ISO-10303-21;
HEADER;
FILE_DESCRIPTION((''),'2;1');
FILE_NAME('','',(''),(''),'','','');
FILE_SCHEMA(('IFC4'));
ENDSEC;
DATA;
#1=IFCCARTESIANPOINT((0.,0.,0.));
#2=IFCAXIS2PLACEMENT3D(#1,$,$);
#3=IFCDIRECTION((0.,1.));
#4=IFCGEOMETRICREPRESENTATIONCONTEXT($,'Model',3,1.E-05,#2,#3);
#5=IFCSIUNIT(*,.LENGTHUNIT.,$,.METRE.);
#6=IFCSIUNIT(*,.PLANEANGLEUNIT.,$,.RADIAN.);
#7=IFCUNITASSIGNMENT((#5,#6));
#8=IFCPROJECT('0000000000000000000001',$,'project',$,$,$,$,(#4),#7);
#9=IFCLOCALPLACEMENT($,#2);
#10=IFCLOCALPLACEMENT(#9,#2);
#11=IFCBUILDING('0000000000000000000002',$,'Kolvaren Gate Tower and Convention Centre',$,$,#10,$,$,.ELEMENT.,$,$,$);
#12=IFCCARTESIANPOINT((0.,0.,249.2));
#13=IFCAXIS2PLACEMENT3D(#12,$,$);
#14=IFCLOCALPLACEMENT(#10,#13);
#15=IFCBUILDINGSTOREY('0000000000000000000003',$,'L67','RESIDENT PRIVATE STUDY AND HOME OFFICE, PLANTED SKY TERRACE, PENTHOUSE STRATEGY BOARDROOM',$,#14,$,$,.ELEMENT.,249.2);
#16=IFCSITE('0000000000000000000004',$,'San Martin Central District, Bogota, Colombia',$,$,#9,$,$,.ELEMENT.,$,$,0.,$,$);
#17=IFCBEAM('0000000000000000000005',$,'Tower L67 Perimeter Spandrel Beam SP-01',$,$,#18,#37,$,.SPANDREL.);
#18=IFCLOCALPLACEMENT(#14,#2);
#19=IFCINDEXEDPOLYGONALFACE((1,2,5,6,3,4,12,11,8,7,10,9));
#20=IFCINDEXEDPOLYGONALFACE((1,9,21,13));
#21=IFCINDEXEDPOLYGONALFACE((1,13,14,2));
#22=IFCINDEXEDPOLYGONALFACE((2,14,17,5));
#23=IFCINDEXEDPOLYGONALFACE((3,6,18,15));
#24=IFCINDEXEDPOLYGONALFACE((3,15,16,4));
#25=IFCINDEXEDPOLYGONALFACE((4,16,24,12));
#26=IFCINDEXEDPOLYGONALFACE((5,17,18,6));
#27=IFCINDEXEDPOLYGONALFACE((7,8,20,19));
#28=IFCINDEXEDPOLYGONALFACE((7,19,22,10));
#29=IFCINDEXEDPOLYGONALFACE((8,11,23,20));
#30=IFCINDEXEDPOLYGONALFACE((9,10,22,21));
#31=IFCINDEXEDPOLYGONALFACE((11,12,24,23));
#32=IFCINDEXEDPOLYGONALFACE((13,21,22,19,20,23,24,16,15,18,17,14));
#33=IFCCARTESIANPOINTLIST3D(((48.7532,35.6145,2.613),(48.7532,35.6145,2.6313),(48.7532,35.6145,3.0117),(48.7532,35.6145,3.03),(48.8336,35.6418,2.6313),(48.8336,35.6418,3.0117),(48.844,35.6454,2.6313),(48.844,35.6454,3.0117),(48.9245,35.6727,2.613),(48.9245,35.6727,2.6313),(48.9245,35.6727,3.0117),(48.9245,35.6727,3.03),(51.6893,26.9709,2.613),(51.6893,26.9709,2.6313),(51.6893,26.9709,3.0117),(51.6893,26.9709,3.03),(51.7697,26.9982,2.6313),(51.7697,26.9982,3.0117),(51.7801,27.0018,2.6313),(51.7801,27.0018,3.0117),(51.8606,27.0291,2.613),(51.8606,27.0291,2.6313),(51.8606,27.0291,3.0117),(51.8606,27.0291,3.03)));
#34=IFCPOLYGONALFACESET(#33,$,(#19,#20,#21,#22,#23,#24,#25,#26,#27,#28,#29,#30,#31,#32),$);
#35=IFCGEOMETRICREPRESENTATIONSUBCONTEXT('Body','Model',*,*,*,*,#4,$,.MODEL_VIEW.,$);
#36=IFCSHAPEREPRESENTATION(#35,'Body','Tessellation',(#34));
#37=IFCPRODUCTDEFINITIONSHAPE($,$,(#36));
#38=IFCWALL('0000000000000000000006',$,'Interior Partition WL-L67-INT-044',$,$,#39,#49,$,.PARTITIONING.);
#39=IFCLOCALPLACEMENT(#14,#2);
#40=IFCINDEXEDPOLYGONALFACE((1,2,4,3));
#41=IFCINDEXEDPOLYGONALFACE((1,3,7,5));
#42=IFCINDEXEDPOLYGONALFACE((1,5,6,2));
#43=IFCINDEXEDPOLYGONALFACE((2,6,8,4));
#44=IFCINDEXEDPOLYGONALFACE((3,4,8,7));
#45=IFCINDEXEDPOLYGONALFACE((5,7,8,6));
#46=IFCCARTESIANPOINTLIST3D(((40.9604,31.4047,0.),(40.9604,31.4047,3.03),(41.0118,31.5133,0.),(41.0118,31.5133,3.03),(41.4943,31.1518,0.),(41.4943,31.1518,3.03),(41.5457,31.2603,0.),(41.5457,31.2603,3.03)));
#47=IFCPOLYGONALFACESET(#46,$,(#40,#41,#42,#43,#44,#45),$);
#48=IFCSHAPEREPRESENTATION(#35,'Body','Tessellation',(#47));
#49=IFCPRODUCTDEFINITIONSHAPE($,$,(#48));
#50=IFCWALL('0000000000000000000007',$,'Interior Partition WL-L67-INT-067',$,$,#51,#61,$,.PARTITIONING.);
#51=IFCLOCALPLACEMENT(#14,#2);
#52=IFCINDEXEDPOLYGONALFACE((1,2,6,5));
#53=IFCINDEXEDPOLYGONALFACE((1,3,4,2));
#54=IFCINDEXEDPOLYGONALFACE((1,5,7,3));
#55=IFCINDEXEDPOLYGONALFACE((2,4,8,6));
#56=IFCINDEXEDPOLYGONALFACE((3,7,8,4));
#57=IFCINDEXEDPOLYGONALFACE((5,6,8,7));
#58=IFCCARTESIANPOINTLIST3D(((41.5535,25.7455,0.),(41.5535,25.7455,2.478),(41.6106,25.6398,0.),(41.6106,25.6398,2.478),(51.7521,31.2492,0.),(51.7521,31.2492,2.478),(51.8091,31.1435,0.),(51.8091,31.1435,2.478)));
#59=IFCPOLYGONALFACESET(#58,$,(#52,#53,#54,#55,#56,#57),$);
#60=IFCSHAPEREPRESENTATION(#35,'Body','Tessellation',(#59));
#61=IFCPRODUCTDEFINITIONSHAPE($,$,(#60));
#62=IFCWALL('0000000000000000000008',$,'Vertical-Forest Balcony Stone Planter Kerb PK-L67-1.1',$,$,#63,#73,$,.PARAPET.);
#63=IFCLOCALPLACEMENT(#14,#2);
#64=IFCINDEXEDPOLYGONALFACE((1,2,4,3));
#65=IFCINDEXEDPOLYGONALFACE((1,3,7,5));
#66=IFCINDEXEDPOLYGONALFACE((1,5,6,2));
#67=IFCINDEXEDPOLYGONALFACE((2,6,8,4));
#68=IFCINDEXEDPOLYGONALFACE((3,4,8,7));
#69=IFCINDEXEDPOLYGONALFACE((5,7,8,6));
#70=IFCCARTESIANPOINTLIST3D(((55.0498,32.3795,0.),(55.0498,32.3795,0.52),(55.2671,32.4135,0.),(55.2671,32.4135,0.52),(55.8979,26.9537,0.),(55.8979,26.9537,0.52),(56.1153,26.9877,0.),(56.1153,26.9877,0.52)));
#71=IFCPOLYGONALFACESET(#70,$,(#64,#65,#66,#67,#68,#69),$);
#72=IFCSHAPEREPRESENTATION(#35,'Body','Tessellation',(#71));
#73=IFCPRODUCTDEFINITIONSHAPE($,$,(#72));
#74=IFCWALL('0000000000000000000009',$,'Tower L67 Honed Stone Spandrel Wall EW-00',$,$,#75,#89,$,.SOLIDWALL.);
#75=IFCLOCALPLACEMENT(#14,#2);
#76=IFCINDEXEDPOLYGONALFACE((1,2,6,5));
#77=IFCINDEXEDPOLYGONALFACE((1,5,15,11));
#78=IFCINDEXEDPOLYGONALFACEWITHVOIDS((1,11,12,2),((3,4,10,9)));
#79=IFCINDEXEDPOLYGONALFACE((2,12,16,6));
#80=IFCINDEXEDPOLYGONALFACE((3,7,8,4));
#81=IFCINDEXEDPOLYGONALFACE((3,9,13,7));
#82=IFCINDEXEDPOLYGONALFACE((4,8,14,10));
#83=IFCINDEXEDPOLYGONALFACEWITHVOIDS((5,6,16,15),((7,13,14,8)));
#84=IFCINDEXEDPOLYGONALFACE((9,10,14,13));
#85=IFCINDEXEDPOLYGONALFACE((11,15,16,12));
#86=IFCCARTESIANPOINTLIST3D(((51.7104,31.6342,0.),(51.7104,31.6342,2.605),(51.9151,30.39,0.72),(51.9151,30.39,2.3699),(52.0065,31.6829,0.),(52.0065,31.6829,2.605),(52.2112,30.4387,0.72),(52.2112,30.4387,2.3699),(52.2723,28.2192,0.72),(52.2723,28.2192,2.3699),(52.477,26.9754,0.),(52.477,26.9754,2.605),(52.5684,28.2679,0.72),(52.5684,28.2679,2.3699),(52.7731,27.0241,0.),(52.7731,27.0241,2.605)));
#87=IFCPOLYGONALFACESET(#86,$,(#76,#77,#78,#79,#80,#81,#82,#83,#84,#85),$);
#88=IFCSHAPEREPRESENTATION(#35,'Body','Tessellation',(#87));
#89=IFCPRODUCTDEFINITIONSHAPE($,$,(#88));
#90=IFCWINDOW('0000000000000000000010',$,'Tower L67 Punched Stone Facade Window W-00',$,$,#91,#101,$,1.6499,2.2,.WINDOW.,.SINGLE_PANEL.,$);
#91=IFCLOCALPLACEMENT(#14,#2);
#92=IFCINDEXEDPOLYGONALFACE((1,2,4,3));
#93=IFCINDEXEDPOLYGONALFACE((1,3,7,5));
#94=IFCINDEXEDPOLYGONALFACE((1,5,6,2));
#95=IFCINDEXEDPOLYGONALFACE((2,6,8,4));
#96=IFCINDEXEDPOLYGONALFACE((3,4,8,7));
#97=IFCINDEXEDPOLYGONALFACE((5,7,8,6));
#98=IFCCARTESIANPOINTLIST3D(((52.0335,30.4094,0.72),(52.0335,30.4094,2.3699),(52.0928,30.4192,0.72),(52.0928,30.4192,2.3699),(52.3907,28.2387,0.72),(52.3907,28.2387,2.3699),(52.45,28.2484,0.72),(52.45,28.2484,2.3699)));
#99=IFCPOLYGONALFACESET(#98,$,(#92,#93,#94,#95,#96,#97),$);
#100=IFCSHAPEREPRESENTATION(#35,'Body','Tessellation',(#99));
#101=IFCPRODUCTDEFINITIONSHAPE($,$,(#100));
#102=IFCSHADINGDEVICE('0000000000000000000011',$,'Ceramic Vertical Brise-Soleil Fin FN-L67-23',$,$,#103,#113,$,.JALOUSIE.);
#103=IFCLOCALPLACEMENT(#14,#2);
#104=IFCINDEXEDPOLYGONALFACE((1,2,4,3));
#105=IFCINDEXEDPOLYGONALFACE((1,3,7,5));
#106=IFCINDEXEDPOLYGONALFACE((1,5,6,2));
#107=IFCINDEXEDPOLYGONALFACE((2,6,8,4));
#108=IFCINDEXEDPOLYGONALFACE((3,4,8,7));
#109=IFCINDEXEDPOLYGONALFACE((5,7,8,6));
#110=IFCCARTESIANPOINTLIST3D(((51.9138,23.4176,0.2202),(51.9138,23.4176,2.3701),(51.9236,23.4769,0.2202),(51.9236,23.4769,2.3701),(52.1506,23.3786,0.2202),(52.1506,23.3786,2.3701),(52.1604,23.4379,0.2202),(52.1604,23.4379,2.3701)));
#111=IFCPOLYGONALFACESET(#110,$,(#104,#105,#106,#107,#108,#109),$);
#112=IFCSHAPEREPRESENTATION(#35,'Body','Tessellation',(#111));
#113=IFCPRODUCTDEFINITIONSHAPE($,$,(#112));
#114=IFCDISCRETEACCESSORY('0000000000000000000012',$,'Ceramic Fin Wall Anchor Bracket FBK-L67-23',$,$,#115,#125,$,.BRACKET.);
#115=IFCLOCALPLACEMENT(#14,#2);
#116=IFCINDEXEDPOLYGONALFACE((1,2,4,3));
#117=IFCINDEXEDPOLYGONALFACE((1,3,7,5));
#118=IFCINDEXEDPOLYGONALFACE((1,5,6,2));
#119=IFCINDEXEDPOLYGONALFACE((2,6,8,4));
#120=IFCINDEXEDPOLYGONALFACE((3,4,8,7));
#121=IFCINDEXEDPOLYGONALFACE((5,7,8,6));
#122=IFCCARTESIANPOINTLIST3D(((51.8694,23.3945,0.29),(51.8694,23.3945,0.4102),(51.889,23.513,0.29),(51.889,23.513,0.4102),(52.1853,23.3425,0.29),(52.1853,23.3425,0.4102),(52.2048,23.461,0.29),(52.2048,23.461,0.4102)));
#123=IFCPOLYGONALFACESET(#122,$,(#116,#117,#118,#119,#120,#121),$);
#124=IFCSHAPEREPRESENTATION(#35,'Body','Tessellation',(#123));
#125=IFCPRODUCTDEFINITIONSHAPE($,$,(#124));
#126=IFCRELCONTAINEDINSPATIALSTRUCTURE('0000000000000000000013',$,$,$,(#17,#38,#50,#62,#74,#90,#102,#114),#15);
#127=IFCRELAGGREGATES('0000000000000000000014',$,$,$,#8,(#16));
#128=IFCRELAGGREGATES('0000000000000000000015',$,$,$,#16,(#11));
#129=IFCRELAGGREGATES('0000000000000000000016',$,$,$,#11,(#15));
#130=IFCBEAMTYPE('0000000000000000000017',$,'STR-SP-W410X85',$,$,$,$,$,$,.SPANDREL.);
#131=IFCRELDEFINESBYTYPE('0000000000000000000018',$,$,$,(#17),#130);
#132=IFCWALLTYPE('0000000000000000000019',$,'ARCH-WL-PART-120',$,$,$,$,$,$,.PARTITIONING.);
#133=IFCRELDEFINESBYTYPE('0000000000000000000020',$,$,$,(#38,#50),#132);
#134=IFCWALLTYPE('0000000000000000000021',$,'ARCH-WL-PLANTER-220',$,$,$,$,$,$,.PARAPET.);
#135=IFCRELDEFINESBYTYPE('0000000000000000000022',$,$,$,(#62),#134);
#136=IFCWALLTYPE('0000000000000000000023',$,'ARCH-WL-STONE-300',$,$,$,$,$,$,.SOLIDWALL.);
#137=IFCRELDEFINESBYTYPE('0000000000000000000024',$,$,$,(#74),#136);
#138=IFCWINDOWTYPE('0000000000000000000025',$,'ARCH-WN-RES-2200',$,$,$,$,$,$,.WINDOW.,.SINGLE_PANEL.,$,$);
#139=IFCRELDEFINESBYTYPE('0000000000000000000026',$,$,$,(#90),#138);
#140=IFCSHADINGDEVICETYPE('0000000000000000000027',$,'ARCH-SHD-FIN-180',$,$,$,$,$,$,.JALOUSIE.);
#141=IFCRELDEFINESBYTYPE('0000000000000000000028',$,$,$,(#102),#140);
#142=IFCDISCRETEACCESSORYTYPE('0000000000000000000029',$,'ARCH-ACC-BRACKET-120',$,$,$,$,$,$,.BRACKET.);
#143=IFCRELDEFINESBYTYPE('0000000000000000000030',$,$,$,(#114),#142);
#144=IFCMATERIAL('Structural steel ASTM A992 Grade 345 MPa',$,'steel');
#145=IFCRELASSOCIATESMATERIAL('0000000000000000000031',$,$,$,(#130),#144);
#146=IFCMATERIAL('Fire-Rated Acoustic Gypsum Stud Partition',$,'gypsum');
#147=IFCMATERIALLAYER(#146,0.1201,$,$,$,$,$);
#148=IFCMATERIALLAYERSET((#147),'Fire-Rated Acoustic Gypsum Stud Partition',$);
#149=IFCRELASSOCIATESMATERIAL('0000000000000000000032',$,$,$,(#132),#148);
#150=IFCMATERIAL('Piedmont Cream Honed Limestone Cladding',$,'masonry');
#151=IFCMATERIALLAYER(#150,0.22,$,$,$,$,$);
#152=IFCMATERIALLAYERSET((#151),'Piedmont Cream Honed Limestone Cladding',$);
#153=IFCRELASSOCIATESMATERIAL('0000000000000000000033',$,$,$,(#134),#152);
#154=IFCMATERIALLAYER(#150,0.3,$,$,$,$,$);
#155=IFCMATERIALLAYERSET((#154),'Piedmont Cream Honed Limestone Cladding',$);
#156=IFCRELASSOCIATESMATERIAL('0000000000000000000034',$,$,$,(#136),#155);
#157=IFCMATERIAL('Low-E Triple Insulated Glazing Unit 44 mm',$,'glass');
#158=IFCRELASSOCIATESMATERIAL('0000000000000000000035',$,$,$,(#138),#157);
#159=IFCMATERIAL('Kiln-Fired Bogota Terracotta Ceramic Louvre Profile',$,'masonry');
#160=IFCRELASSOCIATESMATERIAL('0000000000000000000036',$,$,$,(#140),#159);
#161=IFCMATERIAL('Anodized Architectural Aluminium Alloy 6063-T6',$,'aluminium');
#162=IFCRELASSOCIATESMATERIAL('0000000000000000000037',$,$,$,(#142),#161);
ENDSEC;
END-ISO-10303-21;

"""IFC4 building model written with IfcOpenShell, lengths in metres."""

from ifc_helpers import new_model, si_unit, direction, frame, frame_2d, origin, origin_2d, place, context, subcontext, project, spatial, rectangle, i_section, extrude, material, layer, layer_set, material_profile, profile_set, type_object, element, fill, save


model = new_model("IFC4")

# Units and contexts
model_context = context("Model", 3, precision=1e-05, world=origin(), true_north=direction((0.0, 1.0)))
body_context = subcontext(model_context, "Body", "Model", "MODEL_VIEW")
ifc_project = project(units=[si_unit("LENGTHUNIT", "METRE"), si_unit("PLANEANGLEUNIT", "RADIAN")], contexts=[model_context])

# Site, building, storey
site_placement = place(None, origin())
site = spatial("IfcSite", under=ifc_project, at=site_placement, Name="San Martin Central District, Bogota, Colombia", CompositionType="ELEMENT", RefElevation=0.0)
building_placement = place(site_placement, origin())
building = spatial("IfcBuilding", under=site, at=building_placement, Name="Kolvaren Gate Tower and Convention Centre", CompositionType="ELEMENT")
storey_placement = place(building_placement, frame((0.0, 0.0, 249.2)))
storey = spatial("IfcBuildingStorey", under=building, at=storey_placement, Name="L67", Description="RESIDENT PRIVATE STUDY AND HOME OFFICE, PLANTED SKY TERRACE, PENTHOUSE STRATEGY BOARDROOM", CompositionType="ELEMENT", Elevation=249.2)

# Beam
ifc_material_1 = material(Name="Structural steel ASTM A992 Grade 345 MPa", Category="steel")
ifc_material_profile_1 = material_profile(ifc_material_1, i_section(OverallWidth=0.1809, OverallDepth=0.417, WebThickness=0.011, FlangeThickness=0.0183, at=origin_2d()), Name="W410X85")
ifc_profile_set_1 = profile_set([ifc_material_profile_1], Name="Structural steel ASTM A992 Grade 345 MPa")
beam_type_1 = type_object("IfcBeamType", Name="STR-SP-W410X85", PredefinedType="SPANDREL", material=ifc_profile_set_1)
beam_1_placement = place(storey_placement, frame((51.7749, 27.0, 2.8215), z_axis=(-0.32163, 0.946865, 0.0), x_axis=(-0.946865, -0.32163, 0.0)))
element("IfcBeam", 1, at=beam_1_placement, inside=storey, type_object=beam_type_1, Name="Tower L67 Perimeter Spandrel Beam SP-01", PredefinedType="SPANDREL", context=body_context, shape_type="SweptSolid", body=[
    extrude(i_section(OverallWidth=0.1809, OverallDepth=0.417, WebThickness=0.011, FlangeThickness=0.0183, at=origin_2d()), origin(), (0.0, 0.0, 1.0), 9.1287),
])

# Walls
ifc_material_2 = material(Name="Fire-Rated Acoustic Gypsum Stud Partition", Category="gypsum")
ifc_layer_1 = layer(ifc_material_2, 0.1201)
ifc_layer_set_1 = layer_set([ifc_layer_1], Name="Fire-Rated Acoustic Gypsum Stud Partition")
wall_type_1 = type_object("IfcWallType", Name="ARCH-WL-PART-120", PredefinedType="PARTITIONING", material=ifc_layer_set_1)
wall_1_placement = place(storey_placement, frame((40.9861, 31.459, 0.0), z_axis=(0.0, 0.0, 1.0), x_axis=(0.903729, -0.428104, 0.0)))
element("IfcWall", 2, at=wall_1_placement, inside=storey, type_object=wall_type_1, Name="Interior Partition WL-L67-INT-044", PredefinedType="PARTITIONING", context=body_context, shape_type="SweptSolid", body=[
    extrude(rectangle(XDim=0.5908, YDim=0.1201, at=frame_2d((0.2954, 0.0))), origin(), (0.0, 0.0, 1.0), 3.03),
])
wall_2_placement = place(storey_placement, frame((41.582, 25.6926, 0.0), z_axis=(0.0, 0.0, 1.0), x_axis=(0.880032, 0.474914, 0.0)))
element("IfcWall", 3, at=wall_2_placement, inside=storey, type_object=wall_type_1, Name="Interior Partition WL-L67-INT-067", PredefinedType="PARTITIONING", context=body_context, shape_type="SweptSolid", body=[
    extrude(rectangle(XDim=11.5889, YDim=0.1201, at=frame_2d((5.7944, 0.0))), origin(), (0.0, 0.0, 1.0), 2.478),
])
ifc_material_3 = material(Name="Piedmont Cream Honed Limestone Cladding", Category="masonry")
ifc_layer_2 = layer(ifc_material_3, 0.22)
ifc_layer_set_2 = layer_set([ifc_layer_2], Name="Piedmont Cream Honed Limestone Cladding")
wall_type_2 = type_object("IfcWallType", Name="ARCH-WL-PLANTER-220", PredefinedType="PARAPET", material=ifc_layer_set_2)
wall_3_placement = place(storey_placement, frame((55.1584, 32.3965, 0.0), z_axis=(0.0, 0.0, 1.0), x_axis=(0.154442, -0.988002, 0.0)))
element("IfcWall", 4, at=wall_3_placement, inside=storey, type_object=wall_type_2, Name="Vertical-Forest Balcony Stone Planter Kerb PK-L67-1.1", PredefinedType="PARAPET", context=body_context, shape_type="SweptSolid", body=[
    extrude(rectangle(XDim=5.4917, YDim=0.22, at=frame_2d((2.7458, 0.0))), origin(), (0.0, 0.0, 1.0), 0.52),
])

# Wall, opening, window
ifc_layer_3 = layer(ifc_material_3, 0.3)
ifc_layer_set_3 = layer_set([ifc_layer_3], Name="Piedmont Cream Honed Limestone Cladding")
wall_type_3 = type_object("IfcWallType", Name="ARCH-WL-STONE-300", PredefinedType="SOLIDWALL", material=ifc_layer_set_3)
wall_4_placement = place(storey_placement, frame((51.8584, 31.6587, 0.0), z_axis=(0.0, 0.0, 1.0), x_axis=(0.162369, -0.98673, 0.0)))
wall_4 = element("IfcWall", 5, at=wall_4_placement, inside=storey, type_object=wall_type_3, Name="Tower L67 Honed Stone Spandrel Wall EW-00", PredefinedType="SOLIDWALL", context=body_context, shape_type="SweptSolid", body=[
    extrude(rectangle(XDim=4.7214, YDim=0.3, at=frame_2d((2.3608, 0.0))), origin(), (0.0, 0.0, 1.0), 2.605),
])
opening_placement = place(wall_4_placement, frame((1.261, 0.0, 0.72)))
opening = element("IfcOpeningElement", 6, at=opening_placement, cuts=wall_4, PredefinedType="OPENING", context=body_context, shape_type="SweptSolid", body=[
    extrude(rectangle(XDim=2.2, YDim=1.6499, at=frame_2d((1.1001, 0.825))), frame((0.0, 0.1599, 0.0), z_axis=(0.0, -1.0, 0.0), x_axis=(1.0, 0.0, 0.0)), (0.0, 0.0, 1.0), 0.3201),
])
ifc_material_4 = material(Name="Low-E Triple Insulated Glazing Unit 44 mm", Category="glass")
window_type = type_object("IfcWindowType", Name="ARCH-WN-RES-2200", PartitioningType="SINGLE_PANEL", PredefinedType="WINDOW", material=ifc_material_4)
window_placement = place(opening_placement, origin())
window = element("IfcWindow", 7, at=window_placement, inside=storey, type_object=window_type, Name="Tower L67 Punched Stone Facade Window W-00", OverallHeight=1.6499, OverallWidth=2.2, PartitioningType="SINGLE_PANEL", PredefinedType="WINDOW", context=body_context, shape_type="SweptSolid", body=[
    extrude(rectangle(XDim=2.2, YDim=1.6499, at=frame_2d((1.1001, 0.825))), frame((0.0, 0.03, 0.0), z_axis=(0.0, -1.0, 0.0), x_axis=(1.0, 0.0, 0.0)), (0.0, 0.0, 1.0), 0.0601),
])
fill(opening, window)

# Shading device
ifc_material_5 = material(Name="Kiln-Fired Bogota Terracotta Ceramic Louvre Profile", Category="masonry")
shading_device_type = type_object("IfcShadingDeviceType", Name="ARCH-SHD-FIN-180", PredefinedType="JALOUSIE", material=ifc_material_5)
shading_device_placement = place(storey_placement, frame((52.0371, 23.4277, 0.2202), z_axis=(0.0, 0.0, 1.0), x_axis=(0.162389, 0.986727, 0.0)))
element("IfcShadingDevice", 8, at=shading_device_placement, inside=storey, type_object=shading_device_type, Name="Ceramic Vertical Brise-Soleil Fin FN-L67-23", PredefinedType="JALOUSIE", context=body_context, shape_type="SweptSolid", body=[
    extrude(rectangle(XDim=0.0601, YDim=0.24, at=origin_2d()), origin(), (0.0, 0.0, 1.0), 2.1499),
])

# Discrete accessory
ifc_material_6 = material(Name="Anodized Architectural Aluminium Alloy 6063-T6", Category="aluminium")
discrete_accessory_type = type_object("IfcDiscreteAccessoryType", Name="ARCH-ACC-BRACKET-120", PredefinedType="BRACKET", material=ifc_material_6)
discrete_accessory_placement = place(storey_placement, frame((52.0371, 23.4277, 0.29), z_axis=(0.0, 0.0, 1.0), x_axis=(0.162389, 0.986727, 0.0)))
element("IfcDiscreteAccessory", 9, at=discrete_accessory_placement, inside=storey, type_object=discrete_accessory_type, Name="Ceramic Fin Wall Anchor Bracket FBK-L67-23", PredefinedType="BRACKET", context=body_context, shape_type="SweptSolid", body=[
    extrude(rectangle(XDim=0.1201, YDim=0.3201, at=origin_2d()), origin(), (0.0, 0.0, 1.0), 0.1201),
])

save(model, "model.ifc")
